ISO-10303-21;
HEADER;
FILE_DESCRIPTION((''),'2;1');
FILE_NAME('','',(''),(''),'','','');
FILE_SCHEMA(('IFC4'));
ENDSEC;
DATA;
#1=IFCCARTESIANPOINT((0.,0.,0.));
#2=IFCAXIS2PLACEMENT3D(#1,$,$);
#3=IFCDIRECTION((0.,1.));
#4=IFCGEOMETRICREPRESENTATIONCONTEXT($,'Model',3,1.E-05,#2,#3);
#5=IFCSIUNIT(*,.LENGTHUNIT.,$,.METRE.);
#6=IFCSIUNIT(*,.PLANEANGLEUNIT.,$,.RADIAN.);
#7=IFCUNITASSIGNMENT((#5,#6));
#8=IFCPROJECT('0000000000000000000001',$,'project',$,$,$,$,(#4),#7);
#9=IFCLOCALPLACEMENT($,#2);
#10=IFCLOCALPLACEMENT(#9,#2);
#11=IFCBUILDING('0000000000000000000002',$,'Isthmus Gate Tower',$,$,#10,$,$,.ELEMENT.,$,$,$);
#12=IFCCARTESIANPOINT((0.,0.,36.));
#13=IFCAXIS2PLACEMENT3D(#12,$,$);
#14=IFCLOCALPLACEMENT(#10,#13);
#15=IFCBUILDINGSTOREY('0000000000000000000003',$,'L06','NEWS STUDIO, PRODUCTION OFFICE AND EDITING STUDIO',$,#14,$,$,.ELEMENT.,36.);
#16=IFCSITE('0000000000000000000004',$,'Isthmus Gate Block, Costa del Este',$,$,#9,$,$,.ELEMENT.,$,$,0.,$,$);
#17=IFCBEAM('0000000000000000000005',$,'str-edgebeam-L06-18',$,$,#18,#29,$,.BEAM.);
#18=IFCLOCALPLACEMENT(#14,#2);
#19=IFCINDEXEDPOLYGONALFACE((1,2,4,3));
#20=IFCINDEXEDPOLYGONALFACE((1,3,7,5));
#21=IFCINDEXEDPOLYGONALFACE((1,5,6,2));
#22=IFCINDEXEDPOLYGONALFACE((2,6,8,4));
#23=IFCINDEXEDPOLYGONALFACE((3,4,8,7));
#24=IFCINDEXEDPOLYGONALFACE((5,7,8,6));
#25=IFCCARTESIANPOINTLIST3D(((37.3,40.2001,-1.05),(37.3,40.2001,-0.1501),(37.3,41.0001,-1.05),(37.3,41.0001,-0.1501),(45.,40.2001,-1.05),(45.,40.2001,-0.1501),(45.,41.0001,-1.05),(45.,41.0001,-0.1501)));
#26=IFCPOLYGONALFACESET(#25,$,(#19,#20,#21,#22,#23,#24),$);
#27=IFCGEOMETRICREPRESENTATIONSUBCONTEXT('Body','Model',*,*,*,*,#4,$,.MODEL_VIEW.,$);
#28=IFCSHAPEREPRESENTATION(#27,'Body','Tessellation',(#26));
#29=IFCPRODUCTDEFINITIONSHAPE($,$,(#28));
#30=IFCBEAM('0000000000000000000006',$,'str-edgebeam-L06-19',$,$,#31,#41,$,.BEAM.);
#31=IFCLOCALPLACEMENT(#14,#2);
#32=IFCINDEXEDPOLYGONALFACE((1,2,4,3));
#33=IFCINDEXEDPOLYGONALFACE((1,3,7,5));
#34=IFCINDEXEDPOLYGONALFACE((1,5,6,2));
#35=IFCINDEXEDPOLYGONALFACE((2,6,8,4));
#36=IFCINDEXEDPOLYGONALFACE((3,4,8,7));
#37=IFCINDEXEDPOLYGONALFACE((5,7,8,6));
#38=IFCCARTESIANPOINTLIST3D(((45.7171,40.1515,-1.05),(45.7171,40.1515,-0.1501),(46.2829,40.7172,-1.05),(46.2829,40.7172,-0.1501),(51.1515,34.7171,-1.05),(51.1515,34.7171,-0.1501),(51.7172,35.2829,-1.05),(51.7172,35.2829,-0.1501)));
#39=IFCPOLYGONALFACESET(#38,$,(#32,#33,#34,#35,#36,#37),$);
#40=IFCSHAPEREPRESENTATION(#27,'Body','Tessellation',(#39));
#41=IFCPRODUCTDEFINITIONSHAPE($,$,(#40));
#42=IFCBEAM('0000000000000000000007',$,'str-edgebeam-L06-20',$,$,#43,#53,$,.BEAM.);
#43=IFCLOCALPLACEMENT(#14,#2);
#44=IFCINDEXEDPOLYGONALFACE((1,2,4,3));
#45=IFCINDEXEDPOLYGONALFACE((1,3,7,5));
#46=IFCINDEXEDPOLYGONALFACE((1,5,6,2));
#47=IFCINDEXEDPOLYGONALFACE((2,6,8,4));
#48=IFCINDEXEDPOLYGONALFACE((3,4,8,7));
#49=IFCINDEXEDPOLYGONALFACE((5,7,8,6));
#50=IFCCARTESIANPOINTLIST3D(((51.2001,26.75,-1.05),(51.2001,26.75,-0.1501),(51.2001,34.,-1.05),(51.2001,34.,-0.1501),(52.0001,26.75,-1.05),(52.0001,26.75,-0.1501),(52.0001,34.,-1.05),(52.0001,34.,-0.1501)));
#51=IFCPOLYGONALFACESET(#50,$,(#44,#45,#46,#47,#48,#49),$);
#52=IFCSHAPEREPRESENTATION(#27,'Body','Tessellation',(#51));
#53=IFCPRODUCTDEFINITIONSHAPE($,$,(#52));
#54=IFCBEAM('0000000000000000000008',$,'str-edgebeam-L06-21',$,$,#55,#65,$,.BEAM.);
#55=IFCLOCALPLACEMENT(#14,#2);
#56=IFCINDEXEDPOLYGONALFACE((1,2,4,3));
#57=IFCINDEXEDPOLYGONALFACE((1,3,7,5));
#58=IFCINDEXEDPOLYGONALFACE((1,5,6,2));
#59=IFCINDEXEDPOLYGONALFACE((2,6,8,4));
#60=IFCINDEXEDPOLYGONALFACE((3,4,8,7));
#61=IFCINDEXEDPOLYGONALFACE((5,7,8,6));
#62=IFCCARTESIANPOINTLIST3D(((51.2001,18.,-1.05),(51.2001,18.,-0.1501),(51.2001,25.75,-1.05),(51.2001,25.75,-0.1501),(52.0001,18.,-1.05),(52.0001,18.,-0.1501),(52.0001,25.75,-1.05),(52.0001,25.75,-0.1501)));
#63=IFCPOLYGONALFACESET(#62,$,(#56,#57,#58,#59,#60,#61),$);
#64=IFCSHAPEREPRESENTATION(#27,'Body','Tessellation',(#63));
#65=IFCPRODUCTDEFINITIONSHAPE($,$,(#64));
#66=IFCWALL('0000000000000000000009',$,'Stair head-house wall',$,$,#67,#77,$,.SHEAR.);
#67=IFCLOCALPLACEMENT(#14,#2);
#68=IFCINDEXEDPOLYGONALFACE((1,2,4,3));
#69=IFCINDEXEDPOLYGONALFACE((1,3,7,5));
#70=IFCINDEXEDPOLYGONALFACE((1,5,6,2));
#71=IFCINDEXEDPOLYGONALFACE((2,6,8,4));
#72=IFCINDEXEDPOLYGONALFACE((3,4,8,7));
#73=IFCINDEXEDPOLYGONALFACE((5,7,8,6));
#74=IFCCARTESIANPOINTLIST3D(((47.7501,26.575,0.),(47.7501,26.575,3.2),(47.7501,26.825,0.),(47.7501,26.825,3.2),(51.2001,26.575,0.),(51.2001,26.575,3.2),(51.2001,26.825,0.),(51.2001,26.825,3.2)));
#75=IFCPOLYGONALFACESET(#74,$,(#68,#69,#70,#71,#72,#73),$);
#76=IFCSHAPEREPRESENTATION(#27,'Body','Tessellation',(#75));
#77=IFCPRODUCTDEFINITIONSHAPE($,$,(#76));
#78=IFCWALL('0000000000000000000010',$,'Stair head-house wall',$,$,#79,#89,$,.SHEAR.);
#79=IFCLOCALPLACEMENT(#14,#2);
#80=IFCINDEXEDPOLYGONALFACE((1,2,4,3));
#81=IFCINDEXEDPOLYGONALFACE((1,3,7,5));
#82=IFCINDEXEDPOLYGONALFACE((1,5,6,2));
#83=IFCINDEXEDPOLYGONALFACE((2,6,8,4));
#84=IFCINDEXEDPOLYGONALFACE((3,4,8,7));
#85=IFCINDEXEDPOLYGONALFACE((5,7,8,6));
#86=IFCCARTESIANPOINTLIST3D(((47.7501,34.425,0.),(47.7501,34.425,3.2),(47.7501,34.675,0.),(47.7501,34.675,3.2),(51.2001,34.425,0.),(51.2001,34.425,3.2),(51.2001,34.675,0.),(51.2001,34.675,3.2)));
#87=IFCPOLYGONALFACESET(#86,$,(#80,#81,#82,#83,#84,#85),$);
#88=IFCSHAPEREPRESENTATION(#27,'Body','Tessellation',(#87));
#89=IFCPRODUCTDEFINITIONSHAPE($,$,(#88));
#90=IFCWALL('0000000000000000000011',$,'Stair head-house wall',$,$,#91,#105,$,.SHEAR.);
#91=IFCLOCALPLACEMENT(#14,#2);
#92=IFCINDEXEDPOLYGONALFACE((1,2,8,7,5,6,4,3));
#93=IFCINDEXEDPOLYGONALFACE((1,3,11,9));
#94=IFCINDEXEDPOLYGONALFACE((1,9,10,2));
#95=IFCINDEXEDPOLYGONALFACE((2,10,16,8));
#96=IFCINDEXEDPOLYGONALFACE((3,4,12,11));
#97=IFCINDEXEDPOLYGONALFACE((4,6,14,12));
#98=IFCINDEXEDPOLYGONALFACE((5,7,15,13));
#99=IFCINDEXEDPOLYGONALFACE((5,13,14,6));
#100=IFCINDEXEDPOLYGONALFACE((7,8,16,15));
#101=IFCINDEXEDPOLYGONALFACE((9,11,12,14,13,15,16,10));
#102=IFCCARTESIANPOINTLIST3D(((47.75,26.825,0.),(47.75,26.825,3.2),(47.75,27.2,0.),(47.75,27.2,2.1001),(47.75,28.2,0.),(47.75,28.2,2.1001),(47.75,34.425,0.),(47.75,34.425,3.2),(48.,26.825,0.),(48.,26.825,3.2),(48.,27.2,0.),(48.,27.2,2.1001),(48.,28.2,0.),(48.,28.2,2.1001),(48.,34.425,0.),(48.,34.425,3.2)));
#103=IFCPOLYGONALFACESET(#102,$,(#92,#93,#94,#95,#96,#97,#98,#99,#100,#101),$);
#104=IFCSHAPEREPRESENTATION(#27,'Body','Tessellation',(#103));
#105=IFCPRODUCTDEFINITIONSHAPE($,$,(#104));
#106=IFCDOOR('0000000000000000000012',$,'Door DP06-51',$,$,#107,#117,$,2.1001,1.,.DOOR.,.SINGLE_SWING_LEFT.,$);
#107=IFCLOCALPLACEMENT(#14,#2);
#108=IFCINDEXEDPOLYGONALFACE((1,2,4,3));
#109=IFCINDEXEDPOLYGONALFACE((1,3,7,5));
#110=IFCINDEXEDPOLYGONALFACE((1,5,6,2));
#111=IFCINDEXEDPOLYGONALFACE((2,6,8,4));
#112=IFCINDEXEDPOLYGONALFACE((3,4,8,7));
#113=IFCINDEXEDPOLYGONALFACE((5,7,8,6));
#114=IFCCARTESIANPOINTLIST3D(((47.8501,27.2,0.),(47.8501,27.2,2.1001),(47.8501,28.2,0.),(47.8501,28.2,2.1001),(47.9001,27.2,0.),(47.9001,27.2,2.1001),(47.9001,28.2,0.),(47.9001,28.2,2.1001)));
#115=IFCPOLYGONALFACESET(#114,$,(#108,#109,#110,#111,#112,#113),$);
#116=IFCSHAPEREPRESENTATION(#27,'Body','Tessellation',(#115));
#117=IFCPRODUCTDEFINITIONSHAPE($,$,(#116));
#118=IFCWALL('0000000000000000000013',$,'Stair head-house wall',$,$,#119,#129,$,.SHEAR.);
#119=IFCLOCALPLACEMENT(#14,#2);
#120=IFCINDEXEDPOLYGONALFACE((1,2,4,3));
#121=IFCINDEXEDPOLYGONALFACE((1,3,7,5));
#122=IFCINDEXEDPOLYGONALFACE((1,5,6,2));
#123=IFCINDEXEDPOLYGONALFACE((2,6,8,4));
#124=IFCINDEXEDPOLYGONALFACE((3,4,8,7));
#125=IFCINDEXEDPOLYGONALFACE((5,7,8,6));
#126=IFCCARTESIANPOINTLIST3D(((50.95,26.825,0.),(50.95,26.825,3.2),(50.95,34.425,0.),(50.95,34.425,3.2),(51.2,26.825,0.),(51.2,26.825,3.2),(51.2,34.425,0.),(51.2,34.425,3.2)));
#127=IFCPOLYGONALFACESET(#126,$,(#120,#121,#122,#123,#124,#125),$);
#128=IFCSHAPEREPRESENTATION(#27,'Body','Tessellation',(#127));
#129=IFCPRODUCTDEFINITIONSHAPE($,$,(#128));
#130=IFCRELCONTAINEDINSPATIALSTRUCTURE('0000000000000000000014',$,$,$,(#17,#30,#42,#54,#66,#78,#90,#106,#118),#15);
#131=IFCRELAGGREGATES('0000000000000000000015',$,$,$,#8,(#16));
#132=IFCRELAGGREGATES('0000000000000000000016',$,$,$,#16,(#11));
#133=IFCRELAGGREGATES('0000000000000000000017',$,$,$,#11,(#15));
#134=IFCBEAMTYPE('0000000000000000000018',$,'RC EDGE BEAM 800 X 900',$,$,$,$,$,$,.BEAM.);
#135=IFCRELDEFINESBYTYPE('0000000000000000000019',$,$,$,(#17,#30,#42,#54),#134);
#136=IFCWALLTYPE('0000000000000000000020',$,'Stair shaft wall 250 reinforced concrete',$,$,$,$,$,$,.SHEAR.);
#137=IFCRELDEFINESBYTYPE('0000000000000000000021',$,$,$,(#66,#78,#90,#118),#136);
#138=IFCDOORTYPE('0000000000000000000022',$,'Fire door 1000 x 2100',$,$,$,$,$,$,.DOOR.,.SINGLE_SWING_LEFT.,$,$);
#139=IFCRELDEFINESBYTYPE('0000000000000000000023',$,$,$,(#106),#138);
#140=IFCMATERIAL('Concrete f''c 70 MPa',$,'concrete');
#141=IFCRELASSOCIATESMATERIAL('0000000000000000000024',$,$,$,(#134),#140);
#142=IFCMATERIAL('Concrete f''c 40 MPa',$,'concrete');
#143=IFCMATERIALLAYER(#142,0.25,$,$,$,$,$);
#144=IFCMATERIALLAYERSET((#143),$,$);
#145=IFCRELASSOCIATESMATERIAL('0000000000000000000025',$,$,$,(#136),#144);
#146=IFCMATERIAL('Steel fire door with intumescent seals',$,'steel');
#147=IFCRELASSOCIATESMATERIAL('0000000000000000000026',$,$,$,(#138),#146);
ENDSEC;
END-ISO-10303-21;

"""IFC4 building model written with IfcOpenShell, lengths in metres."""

from ifc_helpers import new_model, si_unit, direction, frame, frame_2d, origin, origin_2d, place, context, subcontext, project, spatial, rectangle, extrude, material, layer, layer_set, material_profile, profile_set, type_object, element, fill, save


model = new_model("IFC4")

# Units and contexts
model_context = context("Model", 3, precision=1e-05, world=origin(), true_north=direction((0.0, 1.0)))
body_context = subcontext(model_context, "Body", "Model", "MODEL_VIEW")
ifc_project = project(units=[si_unit("LENGTHUNIT", "METRE"), si_unit("PLANEANGLEUNIT", "RADIAN")], contexts=[model_context])

# Site, building, storey
site_placement = place(None, origin())
site = spatial("IfcSite", under=ifc_project, at=site_placement, Name="Isthmus Gate Block, Costa del Este", CompositionType="ELEMENT", RefElevation=0.0)
building_placement = place(site_placement, origin())
building = spatial("IfcBuilding", under=site, at=building_placement, Name="Isthmus Gate Tower", CompositionType="ELEMENT")
storey_placement = place(building_placement, frame((0.0, 0.0, 36.0)))
storey = spatial("IfcBuildingStorey", under=building, at=storey_placement, Name="L06", Description="NEWS STUDIO, PRODUCTION OFFICE AND EDITING STUDIO", CompositionType="ELEMENT", Elevation=36.0)

# Beams
ifc_material_1 = material(Name="Concrete f'c 70 MPa", Category="concrete")
ifc_material_profile = material_profile(ifc_material_1, rectangle(XDim=0.8, YDim=0.8999, at=origin_2d()), Name="RC 800X900")
ifc_profile_set = profile_set([ifc_material_profile], Name="Concrete f'c 70 MPa")
beam_type = type_object("IfcBeamType", Name="RC EDGE BEAM 800 X 900", PredefinedType="BEAM", material=ifc_profile_set)
beam_1_placement = place(storey_placement, frame((37.3, 40.6001, -0.6001), z_axis=(1.0, 0.0, 0.0), x_axis=(0.0, 1.0, 0.0)))
element("IfcBeam", 1, at=beam_1_placement, inside=storey, type_object=beam_type, Name="str-edgebeam-L06-18", PredefinedType="BEAM", context=body_context, shape_type="SweptSolid", body=[
    extrude(rectangle(XDim=0.8, YDim=0.8999, at=origin_2d()), origin(), (0.0, 0.0, 1.0), 7.7),
])
beam_2_placement = place(storey_placement, frame((46.0, 40.4343, -0.6001), z_axis=(0.707107, -0.707107, 0.0), x_axis=(0.707107, 0.707107, 0.0)))
element("IfcBeam", 2, at=beam_2_placement, inside=storey, type_object=beam_type, Name="str-edgebeam-L06-19", PredefinedType="BEAM", context=body_context, shape_type="SweptSolid", body=[
    extrude(rectangle(XDim=0.8, YDim=0.8999, at=origin_2d()), origin(), (0.0, 0.0, 1.0), 7.6853),
])
beam_3_placement = place(storey_placement, frame((51.6001, 34.0, -0.6001), z_axis=(0.0, -1.0, 0.0), x_axis=(1.0, 0.0, 0.0)))
element("IfcBeam", 3, at=beam_3_placement, inside=storey, type_object=beam_type, Name="str-edgebeam-L06-20", PredefinedType="BEAM", context=body_context, shape_type="SweptSolid", body=[
    extrude(rectangle(XDim=0.8, YDim=0.8999, at=origin_2d()), origin(), (0.0, 0.0, 1.0), 7.25),
])
beam_4_placement = place(storey_placement, frame((51.6001, 25.75, -0.6001), z_axis=(0.0, -1.0, 0.0), x_axis=(1.0, 0.0, 0.0)))
element("IfcBeam", 4, at=beam_4_placement, inside=storey, type_object=beam_type, Name="str-edgebeam-L06-21", PredefinedType="BEAM", context=body_context, shape_type="SweptSolid", body=[
    extrude(rectangle(XDim=0.8, YDim=0.8999, at=origin_2d()), origin(), (0.0, 0.0, 1.0), 7.75),
])

# Walls
ifc_material_2 = material(Name="Concrete f'c 40 MPa", Category="concrete")
ifc_layer = layer(ifc_material_2, 0.25)
ifc_layer_set = layer_set([ifc_layer])
wall_type = type_object("IfcWallType", Name="Stair shaft wall 250 reinforced concrete", PredefinedType="SHEAR", material=ifc_layer_set)
for number, where, z_axis, x_axis, name in (
    (5, (47.75, 26.7, 0.0), (0.0, 0.0, 1.0), (1.0, 0.0, 0.0), "Stair head-house wall"),
    (6, (47.75, 34.55, 0.0), (0.0, 0.0, 1.0), (1.0, 0.0, 0.0), "Stair head-house wall"),
):
    element("IfcWall", number, at=place(storey_placement, frame(where, z_axis=z_axis, x_axis=x_axis)), inside=storey, type_object=wall_type, Name=name, PredefinedType="SHEAR", context=body_context, shape_type="SweptSolid", body=[
        extrude(rectangle(XDim=3.45, YDim=0.25, at=frame_2d((1.7251, 0.0))), origin(), (0.0, 0.0, 1.0), 3.2),
    ])

# Wall, opening, door
wall_1_placement = place(storey_placement, frame((47.875, 26.825, 0.0), z_axis=(0.0, 0.0, 1.0), x_axis=(0.0, 1.0, 0.0)))
wall_1 = element("IfcWall", 7, at=wall_1_placement, inside=storey, type_object=wall_type, Name="Stair head-house wall", PredefinedType="SHEAR", context=body_context, shape_type="SweptSolid", body=[
    extrude(rectangle(XDim=7.6001, YDim=0.25, at=frame_2d((3.8, 0.0))), origin(), (0.0, 0.0, 1.0), 3.2),
])
opening_placement = place(wall_1_placement, frame((0.375, 0.0, 0.0)))
opening = element("IfcOpeningElement", 8, at=opening_placement, cuts=wall_1, PredefinedType="OPENING", context=body_context, shape_type="SweptSolid", body=[
    extrude(rectangle(XDim=1.0, YDim=2.1001, at=frame_2d((0.5, 1.05))), frame((0.0, 0.135, 0.0), z_axis=(0.0, -1.0, 0.0), x_axis=(1.0, 0.0, 0.0)), (0.0, 0.0, 1.0), 0.27),
])
ifc_material_3 = material(Name="Steel fire door with intumescent seals", Category="steel")
door_type = type_object("IfcDoorType", Name="Fire door 1000 x 2100", OperationType="SINGLE_SWING_LEFT", PredefinedType="DOOR", material=ifc_material_3)
door_placement = place(opening_placement, origin())
door = element("IfcDoor", 9, at=door_placement, inside=storey, type_object=door_type, Name="Door DP06-51", OperationType="SINGLE_SWING_LEFT", OverallHeight=2.1001, OverallWidth=1.0, PredefinedType="DOOR", context=body_context, shape_type="SweptSolid", body=[
    extrude(rectangle(XDim=1.0, YDim=2.1001, at=frame_2d((0.5, 1.05))), frame((0.0, 0.0249, 0.0), z_axis=(0.0, -1.0, 0.0), x_axis=(1.0, 0.0, 0.0)), (0.0, 0.0, 1.0), 0.05),
])
fill(opening, door)

# Wall
wall_2_placement = place(storey_placement, frame((51.075, 26.825, 0.0), z_axis=(0.0, 0.0, 1.0), x_axis=(0.0, 1.0, 0.0)))
element("IfcWall", 10, at=wall_2_placement, inside=storey, type_object=wall_type, Name="Stair head-house wall", PredefinedType="SHEAR", context=body_context, shape_type="SweptSolid", body=[
    extrude(rectangle(XDim=7.6001, YDim=0.25, at=frame_2d((3.8, 0.0))), origin(), (0.0, 0.0, 1.0), 3.2),
])

save(model, "model.ifc")
